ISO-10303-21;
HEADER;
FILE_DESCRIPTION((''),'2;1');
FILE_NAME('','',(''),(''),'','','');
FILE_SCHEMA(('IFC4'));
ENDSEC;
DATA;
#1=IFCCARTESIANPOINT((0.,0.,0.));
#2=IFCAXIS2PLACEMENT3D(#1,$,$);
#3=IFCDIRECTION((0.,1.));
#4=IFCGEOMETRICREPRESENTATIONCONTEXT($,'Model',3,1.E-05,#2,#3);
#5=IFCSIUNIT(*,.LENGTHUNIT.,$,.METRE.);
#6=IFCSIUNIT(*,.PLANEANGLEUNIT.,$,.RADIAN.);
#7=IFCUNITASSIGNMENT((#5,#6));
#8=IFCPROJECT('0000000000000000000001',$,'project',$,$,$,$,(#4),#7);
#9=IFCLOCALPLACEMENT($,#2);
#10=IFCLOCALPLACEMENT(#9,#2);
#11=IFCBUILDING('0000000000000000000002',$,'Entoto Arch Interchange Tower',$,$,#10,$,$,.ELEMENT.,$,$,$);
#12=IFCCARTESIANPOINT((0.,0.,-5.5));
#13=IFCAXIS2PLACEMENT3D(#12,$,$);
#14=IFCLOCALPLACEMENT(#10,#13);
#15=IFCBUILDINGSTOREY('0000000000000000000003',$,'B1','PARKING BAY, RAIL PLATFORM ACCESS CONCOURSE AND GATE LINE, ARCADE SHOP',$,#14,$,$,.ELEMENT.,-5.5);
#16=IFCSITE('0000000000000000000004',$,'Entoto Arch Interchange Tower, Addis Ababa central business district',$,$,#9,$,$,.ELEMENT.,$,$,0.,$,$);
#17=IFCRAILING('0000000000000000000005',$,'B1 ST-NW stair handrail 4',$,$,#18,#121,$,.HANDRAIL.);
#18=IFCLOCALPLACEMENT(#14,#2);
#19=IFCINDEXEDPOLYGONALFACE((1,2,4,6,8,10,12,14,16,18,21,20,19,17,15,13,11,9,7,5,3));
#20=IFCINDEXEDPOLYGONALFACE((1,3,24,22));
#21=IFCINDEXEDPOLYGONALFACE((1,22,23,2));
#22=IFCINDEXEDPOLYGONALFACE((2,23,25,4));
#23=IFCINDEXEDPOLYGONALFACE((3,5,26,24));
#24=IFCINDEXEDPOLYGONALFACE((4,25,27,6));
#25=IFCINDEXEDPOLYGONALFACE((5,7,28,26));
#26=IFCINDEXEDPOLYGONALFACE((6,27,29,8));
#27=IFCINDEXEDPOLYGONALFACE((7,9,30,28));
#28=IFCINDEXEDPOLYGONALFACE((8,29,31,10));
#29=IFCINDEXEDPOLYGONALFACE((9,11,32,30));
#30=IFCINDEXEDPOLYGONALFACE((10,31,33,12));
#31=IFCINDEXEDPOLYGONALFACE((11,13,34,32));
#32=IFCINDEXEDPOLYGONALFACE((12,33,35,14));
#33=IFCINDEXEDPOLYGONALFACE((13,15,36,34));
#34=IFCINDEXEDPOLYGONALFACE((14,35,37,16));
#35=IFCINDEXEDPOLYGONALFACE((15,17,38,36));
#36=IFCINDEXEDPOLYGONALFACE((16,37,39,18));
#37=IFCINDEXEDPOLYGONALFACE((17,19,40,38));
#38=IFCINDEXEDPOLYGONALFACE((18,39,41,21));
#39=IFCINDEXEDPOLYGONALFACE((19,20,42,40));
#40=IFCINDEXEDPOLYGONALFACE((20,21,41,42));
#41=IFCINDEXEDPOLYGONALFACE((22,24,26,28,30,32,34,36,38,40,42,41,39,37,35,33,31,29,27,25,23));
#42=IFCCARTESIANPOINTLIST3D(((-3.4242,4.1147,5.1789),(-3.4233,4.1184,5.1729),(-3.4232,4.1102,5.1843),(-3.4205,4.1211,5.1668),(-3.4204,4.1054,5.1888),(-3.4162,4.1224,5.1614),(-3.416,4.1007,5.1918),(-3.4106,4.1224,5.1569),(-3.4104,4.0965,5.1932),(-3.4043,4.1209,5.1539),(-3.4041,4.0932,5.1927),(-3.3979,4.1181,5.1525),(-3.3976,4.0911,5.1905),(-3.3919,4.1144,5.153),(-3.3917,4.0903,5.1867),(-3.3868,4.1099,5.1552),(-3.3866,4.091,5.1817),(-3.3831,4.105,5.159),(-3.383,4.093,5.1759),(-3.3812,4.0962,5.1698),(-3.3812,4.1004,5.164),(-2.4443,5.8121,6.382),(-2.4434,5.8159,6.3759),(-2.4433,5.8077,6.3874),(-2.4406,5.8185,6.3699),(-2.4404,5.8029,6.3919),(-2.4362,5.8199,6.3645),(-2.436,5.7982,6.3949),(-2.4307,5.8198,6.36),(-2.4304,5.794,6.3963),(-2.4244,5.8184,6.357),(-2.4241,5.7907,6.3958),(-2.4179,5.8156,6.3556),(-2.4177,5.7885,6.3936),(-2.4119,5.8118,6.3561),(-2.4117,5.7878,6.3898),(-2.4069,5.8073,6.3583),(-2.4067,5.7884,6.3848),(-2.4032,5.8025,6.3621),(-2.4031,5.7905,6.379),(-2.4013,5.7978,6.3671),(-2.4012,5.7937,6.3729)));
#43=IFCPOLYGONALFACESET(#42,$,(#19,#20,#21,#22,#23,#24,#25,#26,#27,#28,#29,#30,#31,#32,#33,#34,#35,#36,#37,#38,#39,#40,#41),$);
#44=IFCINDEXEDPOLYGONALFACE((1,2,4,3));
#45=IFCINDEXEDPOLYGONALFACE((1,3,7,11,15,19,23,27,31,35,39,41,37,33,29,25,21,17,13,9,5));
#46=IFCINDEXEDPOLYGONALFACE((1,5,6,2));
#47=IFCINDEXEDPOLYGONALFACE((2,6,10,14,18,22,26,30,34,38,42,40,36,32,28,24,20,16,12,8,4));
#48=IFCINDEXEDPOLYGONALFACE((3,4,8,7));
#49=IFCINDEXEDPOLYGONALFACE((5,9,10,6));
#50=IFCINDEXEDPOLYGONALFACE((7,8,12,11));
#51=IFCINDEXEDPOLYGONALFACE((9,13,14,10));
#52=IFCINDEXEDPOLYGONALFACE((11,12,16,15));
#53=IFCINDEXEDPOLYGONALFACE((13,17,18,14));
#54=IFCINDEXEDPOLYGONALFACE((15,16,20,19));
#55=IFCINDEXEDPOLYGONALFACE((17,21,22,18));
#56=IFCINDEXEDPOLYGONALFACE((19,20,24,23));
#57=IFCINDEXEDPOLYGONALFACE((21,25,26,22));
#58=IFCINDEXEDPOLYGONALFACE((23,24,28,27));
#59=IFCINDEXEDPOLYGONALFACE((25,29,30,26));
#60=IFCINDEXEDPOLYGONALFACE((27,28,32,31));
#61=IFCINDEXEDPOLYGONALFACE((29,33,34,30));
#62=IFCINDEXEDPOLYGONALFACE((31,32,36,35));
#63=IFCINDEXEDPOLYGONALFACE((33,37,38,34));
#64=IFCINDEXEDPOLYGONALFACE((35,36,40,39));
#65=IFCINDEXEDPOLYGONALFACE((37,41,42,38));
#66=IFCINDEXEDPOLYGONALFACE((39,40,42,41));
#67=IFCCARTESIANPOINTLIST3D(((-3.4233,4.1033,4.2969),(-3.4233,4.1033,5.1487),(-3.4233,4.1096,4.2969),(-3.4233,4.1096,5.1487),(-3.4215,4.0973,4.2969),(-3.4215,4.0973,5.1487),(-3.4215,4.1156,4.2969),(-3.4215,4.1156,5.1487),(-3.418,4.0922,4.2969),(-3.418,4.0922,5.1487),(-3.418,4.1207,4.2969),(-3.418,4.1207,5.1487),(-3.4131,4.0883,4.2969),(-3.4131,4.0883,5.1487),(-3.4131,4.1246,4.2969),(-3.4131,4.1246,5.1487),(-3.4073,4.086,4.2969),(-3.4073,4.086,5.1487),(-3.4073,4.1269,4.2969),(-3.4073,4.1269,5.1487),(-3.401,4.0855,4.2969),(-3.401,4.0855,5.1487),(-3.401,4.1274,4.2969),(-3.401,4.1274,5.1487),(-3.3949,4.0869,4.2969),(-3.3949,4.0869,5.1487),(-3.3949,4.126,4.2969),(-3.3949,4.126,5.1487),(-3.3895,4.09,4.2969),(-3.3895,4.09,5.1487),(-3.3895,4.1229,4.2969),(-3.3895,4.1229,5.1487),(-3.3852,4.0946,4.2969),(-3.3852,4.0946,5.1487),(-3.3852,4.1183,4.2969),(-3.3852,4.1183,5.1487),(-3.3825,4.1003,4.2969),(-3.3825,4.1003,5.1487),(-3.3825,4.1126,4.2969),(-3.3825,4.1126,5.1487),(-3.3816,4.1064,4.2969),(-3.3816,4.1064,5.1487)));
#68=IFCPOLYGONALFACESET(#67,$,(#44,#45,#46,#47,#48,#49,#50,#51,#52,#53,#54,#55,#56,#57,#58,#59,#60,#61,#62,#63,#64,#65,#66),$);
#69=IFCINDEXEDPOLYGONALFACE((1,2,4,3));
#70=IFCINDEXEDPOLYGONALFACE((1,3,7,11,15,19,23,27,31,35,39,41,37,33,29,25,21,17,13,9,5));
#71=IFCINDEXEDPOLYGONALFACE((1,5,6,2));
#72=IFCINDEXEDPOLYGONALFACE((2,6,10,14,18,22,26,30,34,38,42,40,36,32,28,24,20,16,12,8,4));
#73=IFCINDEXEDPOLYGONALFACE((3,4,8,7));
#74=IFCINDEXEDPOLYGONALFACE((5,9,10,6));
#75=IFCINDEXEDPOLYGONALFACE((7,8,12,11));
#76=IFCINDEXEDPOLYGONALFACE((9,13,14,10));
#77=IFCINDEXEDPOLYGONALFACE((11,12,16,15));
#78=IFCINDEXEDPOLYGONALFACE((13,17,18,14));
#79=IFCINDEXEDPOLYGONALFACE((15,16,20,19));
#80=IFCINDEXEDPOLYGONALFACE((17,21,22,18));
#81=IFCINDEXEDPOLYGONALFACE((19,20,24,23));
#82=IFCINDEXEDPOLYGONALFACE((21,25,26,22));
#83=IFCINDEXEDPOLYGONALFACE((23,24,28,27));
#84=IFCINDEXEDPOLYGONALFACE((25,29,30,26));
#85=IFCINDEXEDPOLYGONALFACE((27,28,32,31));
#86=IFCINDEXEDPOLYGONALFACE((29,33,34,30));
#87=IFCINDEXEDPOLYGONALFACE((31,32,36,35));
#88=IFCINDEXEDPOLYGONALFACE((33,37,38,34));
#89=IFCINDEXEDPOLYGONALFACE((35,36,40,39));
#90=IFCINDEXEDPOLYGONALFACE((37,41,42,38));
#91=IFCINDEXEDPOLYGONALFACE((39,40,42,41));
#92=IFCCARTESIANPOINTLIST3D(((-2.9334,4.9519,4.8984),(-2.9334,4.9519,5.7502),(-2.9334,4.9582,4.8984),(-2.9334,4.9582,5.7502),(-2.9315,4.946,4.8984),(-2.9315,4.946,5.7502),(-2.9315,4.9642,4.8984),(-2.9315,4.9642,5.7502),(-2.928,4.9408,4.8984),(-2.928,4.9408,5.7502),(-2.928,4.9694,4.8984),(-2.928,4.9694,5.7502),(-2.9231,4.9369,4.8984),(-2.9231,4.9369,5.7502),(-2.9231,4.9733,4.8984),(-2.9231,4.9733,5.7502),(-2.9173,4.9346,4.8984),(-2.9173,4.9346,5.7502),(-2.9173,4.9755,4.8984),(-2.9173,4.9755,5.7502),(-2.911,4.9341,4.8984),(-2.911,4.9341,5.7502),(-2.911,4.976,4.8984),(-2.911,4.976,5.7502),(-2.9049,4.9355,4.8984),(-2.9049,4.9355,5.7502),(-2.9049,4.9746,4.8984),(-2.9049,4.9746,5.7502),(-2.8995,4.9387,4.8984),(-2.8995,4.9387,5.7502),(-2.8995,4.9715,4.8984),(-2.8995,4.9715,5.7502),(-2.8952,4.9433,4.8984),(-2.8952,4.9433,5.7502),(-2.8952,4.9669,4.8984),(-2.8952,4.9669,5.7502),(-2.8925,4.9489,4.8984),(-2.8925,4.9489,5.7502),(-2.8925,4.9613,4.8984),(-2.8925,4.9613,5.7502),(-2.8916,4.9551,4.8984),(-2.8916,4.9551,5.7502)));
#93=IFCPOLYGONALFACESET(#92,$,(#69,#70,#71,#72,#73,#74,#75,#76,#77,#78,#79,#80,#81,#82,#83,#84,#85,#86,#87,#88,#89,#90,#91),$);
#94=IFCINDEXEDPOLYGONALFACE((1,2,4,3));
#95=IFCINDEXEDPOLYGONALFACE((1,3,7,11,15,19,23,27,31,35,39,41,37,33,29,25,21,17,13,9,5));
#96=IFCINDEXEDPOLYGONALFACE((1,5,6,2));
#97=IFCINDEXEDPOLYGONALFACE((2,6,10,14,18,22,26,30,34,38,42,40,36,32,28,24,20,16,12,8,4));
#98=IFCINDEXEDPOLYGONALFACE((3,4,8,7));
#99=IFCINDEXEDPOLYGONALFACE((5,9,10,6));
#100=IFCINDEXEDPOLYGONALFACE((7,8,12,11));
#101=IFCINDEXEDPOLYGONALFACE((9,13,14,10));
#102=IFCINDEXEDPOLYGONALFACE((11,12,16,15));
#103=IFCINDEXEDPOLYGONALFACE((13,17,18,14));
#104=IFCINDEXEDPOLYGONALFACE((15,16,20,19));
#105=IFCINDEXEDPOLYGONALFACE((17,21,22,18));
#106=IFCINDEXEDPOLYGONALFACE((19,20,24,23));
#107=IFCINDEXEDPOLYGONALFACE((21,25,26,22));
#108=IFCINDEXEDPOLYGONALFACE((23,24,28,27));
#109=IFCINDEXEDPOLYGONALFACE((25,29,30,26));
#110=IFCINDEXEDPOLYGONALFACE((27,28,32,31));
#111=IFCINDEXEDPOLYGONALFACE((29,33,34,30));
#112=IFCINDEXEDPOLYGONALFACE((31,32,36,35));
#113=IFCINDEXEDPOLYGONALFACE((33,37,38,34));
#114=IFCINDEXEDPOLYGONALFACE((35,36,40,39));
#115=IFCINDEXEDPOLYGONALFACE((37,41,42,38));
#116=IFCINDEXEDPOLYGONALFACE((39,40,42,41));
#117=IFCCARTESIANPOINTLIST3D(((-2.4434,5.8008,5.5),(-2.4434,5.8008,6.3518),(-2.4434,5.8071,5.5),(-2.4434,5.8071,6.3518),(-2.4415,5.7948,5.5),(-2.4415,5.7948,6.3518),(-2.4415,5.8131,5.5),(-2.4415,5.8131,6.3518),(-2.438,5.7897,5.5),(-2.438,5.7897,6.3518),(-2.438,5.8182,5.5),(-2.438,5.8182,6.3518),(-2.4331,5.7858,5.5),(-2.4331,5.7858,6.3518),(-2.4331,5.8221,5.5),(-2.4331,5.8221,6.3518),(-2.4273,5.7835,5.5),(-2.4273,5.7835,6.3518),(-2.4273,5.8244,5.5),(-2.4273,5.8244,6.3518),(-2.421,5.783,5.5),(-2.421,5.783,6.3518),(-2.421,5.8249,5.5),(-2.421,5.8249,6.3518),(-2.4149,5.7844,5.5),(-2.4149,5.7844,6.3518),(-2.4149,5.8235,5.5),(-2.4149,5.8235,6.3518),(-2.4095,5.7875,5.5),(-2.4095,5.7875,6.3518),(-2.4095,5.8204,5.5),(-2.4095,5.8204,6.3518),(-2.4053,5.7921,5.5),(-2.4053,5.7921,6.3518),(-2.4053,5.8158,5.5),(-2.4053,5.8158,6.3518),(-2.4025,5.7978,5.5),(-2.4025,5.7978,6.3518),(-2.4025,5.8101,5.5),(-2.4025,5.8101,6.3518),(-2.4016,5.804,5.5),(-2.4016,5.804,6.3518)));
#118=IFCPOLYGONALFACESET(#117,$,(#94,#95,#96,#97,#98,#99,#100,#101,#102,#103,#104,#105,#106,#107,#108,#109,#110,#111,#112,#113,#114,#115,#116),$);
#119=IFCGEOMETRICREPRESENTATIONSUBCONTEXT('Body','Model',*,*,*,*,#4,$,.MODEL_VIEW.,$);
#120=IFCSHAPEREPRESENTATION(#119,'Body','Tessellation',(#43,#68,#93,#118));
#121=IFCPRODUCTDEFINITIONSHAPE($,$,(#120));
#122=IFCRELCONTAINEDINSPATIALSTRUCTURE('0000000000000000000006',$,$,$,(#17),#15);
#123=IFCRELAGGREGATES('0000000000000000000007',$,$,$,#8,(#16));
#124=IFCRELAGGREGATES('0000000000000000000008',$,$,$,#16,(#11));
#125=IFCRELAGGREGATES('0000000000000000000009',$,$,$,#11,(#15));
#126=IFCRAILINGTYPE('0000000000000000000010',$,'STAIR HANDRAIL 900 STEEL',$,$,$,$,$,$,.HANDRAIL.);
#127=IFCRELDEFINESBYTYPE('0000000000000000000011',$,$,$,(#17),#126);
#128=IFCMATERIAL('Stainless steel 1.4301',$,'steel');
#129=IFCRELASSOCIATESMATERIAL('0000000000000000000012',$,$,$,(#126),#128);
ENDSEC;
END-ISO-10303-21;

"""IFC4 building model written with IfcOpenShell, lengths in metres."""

from ifc_helpers import new_model, si_unit, direction, frame, origin, origin_2d, place, context, subcontext, project, spatial, circle, extrude, material, type_object, element, save


model = new_model("IFC4")

# Units and contexts
model_context = context("Model", 3, precision=1e-05, world=origin(), true_north=direction((0.0, 1.0)))
body_context = subcontext(model_context, "Body", "Model", "MODEL_VIEW")
ifc_project = project(units=[si_unit("LENGTHUNIT", "METRE"), si_unit("PLANEANGLEUNIT", "RADIAN")], contexts=[model_context])

# Site, building, storey
site_placement = place(None, origin())
site = spatial("IfcSite", under=ifc_project, at=site_placement, Name="Entoto Arch Interchange Tower, Addis Ababa central business district", CompositionType="ELEMENT", RefElevation=0.0)
building_placement = place(site_placement, origin())
building = spatial("IfcBuilding", under=site, at=building_placement, Name="Entoto Arch Interchange Tower", CompositionType="ELEMENT")
storey_placement = place(building_placement, frame((0.0, 0.0, -5.5)))
storey = spatial("IfcBuildingStorey", under=building, at=storey_placement, Name="B1", Description="PARKING BAY, RAIL PLATFORM ACCESS CONCOURSE AND GATE LINE, ARCADE SHOP", CompositionType="ELEMENT", Elevation=-5.5)

# Railing
ifc_material_1 = material(Name="Stainless steel 1.4301", Category="steel")
railing_type_1 = type_object("IfcRailingType", Name="STAIR HANDRAIL 900 STEEL", PredefinedType="HANDRAIL", material=ifc_material_1)
railing_1_placement = place(storey_placement, frame((-3.4026, 4.1064, 4.2969)))
element("IfcRailing", 1, at=railing_1_placement, inside=storey, type_object=railing_type_1, Name="B1 ST-NW stair handrail 4", PredefinedType="HANDRAIL", context=body_context, shape_type="SweptSolid", body=[
    extrude(circle(Radius=0.0239, at=origin_2d()), frame((0.0, 0.0, 0.876), z_axis=(0.426102, 0.738089, 0.523127), x_axis=(-0.866042, 0.49997, 0.0)), (0.0, 0.0, 1.0), 2.2998),
    extrude(circle(Radius=0.021, at=origin_2d()), origin(), (0.0, 0.0, 1.0), 0.8518),
    extrude(circle(Radius=0.021, at=origin_2d()), frame((0.49, 0.8486, 0.6016)), (0.0, 0.0, 1.0), 0.8518),
    extrude(circle(Radius=0.021, at=origin_2d()), frame((0.98, 1.6975, 1.2031)), (0.0, 0.0, 1.0), 0.8518),
])

save(model, "model.ifc")
